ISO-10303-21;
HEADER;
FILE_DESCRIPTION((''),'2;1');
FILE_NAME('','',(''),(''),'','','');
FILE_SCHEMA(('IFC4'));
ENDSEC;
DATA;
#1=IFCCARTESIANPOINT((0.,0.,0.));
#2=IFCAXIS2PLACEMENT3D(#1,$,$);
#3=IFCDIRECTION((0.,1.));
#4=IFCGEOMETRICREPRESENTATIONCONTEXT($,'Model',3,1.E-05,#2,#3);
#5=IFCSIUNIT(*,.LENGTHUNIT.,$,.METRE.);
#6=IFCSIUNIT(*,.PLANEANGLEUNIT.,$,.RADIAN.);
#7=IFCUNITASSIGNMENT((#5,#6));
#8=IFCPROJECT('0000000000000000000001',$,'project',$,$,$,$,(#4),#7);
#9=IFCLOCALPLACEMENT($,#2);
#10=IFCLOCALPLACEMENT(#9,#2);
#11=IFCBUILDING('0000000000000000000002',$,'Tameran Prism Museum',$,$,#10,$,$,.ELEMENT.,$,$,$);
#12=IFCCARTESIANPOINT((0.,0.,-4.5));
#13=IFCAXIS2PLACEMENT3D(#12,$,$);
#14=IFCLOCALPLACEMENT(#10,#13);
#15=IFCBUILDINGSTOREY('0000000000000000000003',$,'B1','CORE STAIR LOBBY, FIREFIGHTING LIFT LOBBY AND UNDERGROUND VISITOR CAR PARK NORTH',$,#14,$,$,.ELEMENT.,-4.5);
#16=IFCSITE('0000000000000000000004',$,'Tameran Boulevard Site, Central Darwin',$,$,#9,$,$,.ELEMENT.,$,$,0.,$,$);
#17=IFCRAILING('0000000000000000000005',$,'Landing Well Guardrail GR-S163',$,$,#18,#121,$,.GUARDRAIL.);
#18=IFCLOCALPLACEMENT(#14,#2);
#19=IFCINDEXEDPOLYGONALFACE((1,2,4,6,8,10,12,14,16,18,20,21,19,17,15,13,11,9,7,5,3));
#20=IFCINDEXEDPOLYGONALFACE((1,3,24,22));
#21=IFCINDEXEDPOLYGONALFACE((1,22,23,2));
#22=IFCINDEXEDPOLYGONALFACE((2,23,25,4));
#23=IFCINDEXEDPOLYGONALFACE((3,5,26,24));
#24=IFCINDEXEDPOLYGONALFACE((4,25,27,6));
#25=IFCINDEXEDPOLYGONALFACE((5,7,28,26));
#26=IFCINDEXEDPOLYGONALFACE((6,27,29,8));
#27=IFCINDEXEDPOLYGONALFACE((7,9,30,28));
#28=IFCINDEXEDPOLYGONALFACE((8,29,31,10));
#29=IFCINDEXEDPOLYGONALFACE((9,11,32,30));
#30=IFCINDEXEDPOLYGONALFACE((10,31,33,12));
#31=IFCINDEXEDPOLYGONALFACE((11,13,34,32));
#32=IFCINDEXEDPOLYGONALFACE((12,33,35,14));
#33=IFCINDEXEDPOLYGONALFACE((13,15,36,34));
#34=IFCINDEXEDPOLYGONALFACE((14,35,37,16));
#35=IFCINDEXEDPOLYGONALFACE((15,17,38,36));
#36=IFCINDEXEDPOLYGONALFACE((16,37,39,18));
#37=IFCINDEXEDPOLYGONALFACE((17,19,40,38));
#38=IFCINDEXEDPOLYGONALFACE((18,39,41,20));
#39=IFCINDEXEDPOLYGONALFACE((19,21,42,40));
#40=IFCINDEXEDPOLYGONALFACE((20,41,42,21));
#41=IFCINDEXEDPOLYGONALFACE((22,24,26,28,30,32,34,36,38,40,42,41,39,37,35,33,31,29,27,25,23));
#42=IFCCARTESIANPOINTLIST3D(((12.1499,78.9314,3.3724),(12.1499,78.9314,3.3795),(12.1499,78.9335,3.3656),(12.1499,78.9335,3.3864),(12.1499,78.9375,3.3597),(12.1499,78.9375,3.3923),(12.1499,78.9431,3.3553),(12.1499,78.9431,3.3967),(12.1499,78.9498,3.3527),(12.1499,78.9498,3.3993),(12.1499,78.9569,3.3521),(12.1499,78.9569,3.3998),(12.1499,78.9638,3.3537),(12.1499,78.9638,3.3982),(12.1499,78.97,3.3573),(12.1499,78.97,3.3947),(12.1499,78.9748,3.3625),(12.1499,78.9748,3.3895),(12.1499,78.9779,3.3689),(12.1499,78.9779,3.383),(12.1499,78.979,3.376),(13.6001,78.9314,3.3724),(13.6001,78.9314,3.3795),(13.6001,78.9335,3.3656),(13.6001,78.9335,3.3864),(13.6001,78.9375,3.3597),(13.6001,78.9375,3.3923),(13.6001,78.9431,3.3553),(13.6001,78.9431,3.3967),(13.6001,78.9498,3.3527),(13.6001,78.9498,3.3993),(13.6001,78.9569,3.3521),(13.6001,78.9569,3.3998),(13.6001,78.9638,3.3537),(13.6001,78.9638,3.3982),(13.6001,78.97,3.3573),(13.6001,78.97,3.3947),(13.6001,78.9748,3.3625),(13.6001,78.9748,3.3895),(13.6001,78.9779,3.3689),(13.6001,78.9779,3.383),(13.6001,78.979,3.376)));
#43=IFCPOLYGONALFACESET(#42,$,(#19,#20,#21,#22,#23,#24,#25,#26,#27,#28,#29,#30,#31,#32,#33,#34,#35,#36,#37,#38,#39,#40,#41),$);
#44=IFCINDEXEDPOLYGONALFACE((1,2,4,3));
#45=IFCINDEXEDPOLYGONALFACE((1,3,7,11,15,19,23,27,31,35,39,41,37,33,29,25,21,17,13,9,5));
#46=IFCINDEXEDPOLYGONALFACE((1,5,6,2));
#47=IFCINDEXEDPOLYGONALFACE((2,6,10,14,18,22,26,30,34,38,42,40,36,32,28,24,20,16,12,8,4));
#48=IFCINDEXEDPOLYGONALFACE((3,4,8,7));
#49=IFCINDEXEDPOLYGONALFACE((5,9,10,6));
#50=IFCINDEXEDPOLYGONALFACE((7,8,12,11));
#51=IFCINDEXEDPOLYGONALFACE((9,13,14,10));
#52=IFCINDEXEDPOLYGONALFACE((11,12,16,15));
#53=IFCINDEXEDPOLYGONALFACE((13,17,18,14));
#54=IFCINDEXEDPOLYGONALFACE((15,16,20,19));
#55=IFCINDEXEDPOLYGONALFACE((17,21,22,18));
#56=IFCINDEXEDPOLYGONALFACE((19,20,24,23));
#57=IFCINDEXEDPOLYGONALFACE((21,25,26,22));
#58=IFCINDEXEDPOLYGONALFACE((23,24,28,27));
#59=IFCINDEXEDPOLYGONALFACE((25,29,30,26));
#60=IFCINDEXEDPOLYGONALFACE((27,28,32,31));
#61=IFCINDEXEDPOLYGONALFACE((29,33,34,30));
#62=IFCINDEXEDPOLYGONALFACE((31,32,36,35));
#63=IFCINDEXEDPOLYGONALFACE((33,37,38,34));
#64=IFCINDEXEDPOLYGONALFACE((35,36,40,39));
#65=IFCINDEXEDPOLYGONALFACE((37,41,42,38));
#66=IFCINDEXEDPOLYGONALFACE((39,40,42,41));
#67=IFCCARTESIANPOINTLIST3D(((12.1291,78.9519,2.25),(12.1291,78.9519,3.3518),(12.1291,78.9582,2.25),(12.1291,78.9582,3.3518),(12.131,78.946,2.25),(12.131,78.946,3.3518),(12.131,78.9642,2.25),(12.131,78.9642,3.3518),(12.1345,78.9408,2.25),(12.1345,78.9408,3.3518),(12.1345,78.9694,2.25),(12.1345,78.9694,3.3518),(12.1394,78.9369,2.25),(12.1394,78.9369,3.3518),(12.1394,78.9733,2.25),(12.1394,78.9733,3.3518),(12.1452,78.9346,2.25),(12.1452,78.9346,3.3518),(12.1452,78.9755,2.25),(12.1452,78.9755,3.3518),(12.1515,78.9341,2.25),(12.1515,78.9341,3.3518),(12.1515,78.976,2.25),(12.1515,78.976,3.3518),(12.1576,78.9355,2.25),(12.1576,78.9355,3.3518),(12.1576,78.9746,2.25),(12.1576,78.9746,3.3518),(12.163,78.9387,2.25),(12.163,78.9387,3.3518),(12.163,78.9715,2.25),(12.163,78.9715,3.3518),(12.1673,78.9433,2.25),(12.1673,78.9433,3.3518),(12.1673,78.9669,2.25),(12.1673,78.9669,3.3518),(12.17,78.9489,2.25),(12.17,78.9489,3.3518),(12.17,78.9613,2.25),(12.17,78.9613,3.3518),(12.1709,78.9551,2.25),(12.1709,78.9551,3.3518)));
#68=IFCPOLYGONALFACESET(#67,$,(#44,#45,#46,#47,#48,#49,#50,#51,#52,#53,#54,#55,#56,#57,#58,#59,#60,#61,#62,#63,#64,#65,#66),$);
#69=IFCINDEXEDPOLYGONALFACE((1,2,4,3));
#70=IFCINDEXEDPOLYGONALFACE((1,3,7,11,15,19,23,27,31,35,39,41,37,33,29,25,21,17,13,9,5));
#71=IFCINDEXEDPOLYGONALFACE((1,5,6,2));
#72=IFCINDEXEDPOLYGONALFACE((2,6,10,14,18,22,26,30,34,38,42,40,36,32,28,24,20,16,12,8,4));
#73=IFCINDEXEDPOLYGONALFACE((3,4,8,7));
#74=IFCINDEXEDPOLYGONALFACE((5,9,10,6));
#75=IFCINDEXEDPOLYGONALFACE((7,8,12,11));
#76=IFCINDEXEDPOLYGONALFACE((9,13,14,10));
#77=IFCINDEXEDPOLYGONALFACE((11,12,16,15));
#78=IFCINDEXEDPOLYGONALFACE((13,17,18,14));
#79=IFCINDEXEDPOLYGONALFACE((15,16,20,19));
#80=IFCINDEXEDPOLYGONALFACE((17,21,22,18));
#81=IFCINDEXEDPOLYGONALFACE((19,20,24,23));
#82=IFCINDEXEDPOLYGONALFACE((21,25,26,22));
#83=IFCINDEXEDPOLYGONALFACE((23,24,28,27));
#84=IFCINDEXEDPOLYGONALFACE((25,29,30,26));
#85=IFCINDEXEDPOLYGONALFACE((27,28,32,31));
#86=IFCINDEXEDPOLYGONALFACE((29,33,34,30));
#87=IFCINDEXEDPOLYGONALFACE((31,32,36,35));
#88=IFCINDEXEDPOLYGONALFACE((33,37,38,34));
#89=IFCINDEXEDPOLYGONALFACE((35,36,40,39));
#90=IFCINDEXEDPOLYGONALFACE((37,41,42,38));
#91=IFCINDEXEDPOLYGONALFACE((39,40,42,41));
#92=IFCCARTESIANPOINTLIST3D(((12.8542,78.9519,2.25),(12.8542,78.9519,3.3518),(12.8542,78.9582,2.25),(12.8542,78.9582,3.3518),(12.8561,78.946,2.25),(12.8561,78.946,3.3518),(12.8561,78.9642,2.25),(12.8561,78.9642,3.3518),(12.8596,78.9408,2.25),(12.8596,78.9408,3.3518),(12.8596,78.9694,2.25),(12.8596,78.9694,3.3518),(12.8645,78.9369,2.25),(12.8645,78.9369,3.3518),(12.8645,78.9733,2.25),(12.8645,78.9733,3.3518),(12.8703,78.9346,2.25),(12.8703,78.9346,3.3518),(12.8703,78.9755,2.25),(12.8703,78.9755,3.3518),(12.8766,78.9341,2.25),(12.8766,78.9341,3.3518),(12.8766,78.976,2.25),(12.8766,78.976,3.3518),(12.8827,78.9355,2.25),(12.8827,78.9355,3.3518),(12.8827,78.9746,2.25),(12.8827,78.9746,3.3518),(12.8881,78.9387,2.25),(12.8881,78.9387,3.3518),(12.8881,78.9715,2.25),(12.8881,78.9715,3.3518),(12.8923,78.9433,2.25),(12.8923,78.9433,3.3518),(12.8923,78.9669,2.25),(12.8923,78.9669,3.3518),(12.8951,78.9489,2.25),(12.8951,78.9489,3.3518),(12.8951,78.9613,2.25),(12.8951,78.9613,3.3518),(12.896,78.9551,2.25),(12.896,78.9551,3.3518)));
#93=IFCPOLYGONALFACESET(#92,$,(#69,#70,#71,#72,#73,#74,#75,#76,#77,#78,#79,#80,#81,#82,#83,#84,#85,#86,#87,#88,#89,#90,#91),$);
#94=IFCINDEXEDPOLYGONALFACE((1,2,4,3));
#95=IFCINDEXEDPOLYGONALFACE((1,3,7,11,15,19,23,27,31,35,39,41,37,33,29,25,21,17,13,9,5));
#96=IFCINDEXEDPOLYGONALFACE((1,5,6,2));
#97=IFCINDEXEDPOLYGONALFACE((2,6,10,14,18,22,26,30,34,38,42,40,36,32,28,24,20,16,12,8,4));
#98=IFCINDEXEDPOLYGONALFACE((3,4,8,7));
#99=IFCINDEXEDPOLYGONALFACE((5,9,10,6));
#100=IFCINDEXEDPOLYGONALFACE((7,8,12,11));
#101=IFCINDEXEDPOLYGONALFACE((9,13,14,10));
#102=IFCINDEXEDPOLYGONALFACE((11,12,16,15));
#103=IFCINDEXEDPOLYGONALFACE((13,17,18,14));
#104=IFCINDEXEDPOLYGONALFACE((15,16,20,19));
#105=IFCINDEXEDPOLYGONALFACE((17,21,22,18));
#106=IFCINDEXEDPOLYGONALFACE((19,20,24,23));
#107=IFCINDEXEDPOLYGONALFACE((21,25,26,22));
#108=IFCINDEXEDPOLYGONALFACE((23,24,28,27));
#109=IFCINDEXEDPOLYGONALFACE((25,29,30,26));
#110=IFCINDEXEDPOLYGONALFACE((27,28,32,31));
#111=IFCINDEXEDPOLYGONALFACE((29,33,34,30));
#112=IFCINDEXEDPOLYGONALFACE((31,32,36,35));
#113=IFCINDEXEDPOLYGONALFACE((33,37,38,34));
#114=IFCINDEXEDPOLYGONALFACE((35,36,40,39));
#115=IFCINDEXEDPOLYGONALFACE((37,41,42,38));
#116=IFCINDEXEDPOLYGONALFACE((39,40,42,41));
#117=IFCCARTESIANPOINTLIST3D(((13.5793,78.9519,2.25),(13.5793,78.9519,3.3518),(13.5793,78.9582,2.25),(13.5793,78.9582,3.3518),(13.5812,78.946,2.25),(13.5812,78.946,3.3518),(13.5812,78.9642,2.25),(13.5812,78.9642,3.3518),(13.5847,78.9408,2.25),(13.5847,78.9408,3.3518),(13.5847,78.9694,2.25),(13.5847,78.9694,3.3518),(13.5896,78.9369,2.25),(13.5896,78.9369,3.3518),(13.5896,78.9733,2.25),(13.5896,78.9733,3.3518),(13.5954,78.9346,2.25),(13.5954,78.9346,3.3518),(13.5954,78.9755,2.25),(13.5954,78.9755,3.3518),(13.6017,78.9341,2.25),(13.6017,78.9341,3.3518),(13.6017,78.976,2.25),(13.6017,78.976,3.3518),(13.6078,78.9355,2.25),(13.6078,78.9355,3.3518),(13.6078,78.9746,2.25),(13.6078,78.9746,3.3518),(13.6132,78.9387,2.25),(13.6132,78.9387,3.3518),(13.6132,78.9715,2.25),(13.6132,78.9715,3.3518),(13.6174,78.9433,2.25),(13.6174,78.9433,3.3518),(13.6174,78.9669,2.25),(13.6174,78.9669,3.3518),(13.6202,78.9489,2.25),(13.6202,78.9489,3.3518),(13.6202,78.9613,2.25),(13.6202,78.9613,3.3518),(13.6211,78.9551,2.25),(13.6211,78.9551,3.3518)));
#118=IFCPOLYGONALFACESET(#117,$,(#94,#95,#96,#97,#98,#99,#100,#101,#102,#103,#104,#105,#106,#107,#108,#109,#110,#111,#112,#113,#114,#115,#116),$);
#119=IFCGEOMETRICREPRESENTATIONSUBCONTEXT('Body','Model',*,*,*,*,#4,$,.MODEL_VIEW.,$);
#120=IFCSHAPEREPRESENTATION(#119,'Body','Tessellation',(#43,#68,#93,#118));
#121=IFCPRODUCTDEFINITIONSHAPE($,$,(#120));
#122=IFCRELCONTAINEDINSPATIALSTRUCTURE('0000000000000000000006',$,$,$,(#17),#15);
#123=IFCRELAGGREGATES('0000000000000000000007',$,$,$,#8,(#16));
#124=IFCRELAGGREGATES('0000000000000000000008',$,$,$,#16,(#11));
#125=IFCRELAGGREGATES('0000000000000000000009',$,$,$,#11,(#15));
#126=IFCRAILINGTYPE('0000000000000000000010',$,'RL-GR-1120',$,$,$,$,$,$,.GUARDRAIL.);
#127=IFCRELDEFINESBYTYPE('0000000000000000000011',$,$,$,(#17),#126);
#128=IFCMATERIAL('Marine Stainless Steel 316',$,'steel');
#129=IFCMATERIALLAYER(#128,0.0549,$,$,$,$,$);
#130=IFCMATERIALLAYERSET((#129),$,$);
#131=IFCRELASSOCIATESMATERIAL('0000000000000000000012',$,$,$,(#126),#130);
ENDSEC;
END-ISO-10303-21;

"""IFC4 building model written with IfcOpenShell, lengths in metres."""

from ifc_helpers import new_model, si_unit, direction, frame, origin, origin_2d, place, context, subcontext, project, spatial, circle, extrude, material, layer, layer_set, type_object, element, save


model = new_model("IFC4")

# Units and contexts
model_context = context("Model", 3, precision=1e-05, world=origin(), true_north=direction((0.0, 1.0)))
body_context = subcontext(model_context, "Body", "Model", "MODEL_VIEW")
ifc_project = project(units=[si_unit("LENGTHUNIT", "METRE"), si_unit("PLANEANGLEUNIT", "RADIAN")], contexts=[model_context])

# Site, building, storey
site_placement = place(None, origin())
site = spatial("IfcSite", under=ifc_project, at=site_placement, Name="Tameran Boulevard Site, Central Darwin", CompositionType="ELEMENT", RefElevation=0.0)
building_placement = place(site_placement, origin())
building = spatial("IfcBuilding", under=site, at=building_placement, Name="Tameran Prism Museum", CompositionType="ELEMENT")
storey_placement = place(building_placement, frame((0.0, 0.0, -4.5)))
storey = spatial("IfcBuildingStorey", under=building, at=storey_placement, Name="B1", Description="CORE STAIR LOBBY, FIREFIGHTING LIFT LOBBY AND UNDERGROUND VISITOR CAR PARK NORTH", CompositionType="ELEMENT", Elevation=-4.5)

# Railing
ifc_material_1 = material(Name="Marine Stainless Steel 316", Category="steel")
ifc_layer_1 = layer(ifc_material_1, 0.0549)
ifc_layer_set_1 = layer_set([ifc_layer_1])
railing_type_1 = type_object("IfcRailingType", Name="RL-GR-1120", PredefinedType="GUARDRAIL", material=ifc_layer_set_1)
railing_1_placement = place(storey_placement, frame((12.1499, 78.9551, 2.25)))
element("IfcRailing", 1, at=railing_1_placement, inside=storey, type_object=railing_type_1, Name="Landing Well Guardrail GR-S163", PredefinedType="GUARDRAIL", context=body_context, shape_type="SweptSolid", body=[
    extrude(circle(Radius=0.0239, at=origin_2d()), frame((0.0, 0.0, 1.126), z_axis=(1.0, 0.0, 0.0), x_axis=(0.0, 1.0, 0.0)), (0.0, 0.0, 1.0), 1.4502),
    extrude(circle(Radius=0.021, at=origin_2d()), origin(), (0.0, 0.0, 1.0), 1.1018),
    extrude(circle(Radius=0.021, at=origin_2d()), frame((0.7251, 0.0, 0.0)), (0.0, 0.0, 1.0), 1.1018),
    extrude(circle(Radius=0.021, at=origin_2d()), frame((1.4502, 0.0, 0.0)), (0.0, 0.0, 1.0), 1.1018),
])

save(model, "model.ifc")
